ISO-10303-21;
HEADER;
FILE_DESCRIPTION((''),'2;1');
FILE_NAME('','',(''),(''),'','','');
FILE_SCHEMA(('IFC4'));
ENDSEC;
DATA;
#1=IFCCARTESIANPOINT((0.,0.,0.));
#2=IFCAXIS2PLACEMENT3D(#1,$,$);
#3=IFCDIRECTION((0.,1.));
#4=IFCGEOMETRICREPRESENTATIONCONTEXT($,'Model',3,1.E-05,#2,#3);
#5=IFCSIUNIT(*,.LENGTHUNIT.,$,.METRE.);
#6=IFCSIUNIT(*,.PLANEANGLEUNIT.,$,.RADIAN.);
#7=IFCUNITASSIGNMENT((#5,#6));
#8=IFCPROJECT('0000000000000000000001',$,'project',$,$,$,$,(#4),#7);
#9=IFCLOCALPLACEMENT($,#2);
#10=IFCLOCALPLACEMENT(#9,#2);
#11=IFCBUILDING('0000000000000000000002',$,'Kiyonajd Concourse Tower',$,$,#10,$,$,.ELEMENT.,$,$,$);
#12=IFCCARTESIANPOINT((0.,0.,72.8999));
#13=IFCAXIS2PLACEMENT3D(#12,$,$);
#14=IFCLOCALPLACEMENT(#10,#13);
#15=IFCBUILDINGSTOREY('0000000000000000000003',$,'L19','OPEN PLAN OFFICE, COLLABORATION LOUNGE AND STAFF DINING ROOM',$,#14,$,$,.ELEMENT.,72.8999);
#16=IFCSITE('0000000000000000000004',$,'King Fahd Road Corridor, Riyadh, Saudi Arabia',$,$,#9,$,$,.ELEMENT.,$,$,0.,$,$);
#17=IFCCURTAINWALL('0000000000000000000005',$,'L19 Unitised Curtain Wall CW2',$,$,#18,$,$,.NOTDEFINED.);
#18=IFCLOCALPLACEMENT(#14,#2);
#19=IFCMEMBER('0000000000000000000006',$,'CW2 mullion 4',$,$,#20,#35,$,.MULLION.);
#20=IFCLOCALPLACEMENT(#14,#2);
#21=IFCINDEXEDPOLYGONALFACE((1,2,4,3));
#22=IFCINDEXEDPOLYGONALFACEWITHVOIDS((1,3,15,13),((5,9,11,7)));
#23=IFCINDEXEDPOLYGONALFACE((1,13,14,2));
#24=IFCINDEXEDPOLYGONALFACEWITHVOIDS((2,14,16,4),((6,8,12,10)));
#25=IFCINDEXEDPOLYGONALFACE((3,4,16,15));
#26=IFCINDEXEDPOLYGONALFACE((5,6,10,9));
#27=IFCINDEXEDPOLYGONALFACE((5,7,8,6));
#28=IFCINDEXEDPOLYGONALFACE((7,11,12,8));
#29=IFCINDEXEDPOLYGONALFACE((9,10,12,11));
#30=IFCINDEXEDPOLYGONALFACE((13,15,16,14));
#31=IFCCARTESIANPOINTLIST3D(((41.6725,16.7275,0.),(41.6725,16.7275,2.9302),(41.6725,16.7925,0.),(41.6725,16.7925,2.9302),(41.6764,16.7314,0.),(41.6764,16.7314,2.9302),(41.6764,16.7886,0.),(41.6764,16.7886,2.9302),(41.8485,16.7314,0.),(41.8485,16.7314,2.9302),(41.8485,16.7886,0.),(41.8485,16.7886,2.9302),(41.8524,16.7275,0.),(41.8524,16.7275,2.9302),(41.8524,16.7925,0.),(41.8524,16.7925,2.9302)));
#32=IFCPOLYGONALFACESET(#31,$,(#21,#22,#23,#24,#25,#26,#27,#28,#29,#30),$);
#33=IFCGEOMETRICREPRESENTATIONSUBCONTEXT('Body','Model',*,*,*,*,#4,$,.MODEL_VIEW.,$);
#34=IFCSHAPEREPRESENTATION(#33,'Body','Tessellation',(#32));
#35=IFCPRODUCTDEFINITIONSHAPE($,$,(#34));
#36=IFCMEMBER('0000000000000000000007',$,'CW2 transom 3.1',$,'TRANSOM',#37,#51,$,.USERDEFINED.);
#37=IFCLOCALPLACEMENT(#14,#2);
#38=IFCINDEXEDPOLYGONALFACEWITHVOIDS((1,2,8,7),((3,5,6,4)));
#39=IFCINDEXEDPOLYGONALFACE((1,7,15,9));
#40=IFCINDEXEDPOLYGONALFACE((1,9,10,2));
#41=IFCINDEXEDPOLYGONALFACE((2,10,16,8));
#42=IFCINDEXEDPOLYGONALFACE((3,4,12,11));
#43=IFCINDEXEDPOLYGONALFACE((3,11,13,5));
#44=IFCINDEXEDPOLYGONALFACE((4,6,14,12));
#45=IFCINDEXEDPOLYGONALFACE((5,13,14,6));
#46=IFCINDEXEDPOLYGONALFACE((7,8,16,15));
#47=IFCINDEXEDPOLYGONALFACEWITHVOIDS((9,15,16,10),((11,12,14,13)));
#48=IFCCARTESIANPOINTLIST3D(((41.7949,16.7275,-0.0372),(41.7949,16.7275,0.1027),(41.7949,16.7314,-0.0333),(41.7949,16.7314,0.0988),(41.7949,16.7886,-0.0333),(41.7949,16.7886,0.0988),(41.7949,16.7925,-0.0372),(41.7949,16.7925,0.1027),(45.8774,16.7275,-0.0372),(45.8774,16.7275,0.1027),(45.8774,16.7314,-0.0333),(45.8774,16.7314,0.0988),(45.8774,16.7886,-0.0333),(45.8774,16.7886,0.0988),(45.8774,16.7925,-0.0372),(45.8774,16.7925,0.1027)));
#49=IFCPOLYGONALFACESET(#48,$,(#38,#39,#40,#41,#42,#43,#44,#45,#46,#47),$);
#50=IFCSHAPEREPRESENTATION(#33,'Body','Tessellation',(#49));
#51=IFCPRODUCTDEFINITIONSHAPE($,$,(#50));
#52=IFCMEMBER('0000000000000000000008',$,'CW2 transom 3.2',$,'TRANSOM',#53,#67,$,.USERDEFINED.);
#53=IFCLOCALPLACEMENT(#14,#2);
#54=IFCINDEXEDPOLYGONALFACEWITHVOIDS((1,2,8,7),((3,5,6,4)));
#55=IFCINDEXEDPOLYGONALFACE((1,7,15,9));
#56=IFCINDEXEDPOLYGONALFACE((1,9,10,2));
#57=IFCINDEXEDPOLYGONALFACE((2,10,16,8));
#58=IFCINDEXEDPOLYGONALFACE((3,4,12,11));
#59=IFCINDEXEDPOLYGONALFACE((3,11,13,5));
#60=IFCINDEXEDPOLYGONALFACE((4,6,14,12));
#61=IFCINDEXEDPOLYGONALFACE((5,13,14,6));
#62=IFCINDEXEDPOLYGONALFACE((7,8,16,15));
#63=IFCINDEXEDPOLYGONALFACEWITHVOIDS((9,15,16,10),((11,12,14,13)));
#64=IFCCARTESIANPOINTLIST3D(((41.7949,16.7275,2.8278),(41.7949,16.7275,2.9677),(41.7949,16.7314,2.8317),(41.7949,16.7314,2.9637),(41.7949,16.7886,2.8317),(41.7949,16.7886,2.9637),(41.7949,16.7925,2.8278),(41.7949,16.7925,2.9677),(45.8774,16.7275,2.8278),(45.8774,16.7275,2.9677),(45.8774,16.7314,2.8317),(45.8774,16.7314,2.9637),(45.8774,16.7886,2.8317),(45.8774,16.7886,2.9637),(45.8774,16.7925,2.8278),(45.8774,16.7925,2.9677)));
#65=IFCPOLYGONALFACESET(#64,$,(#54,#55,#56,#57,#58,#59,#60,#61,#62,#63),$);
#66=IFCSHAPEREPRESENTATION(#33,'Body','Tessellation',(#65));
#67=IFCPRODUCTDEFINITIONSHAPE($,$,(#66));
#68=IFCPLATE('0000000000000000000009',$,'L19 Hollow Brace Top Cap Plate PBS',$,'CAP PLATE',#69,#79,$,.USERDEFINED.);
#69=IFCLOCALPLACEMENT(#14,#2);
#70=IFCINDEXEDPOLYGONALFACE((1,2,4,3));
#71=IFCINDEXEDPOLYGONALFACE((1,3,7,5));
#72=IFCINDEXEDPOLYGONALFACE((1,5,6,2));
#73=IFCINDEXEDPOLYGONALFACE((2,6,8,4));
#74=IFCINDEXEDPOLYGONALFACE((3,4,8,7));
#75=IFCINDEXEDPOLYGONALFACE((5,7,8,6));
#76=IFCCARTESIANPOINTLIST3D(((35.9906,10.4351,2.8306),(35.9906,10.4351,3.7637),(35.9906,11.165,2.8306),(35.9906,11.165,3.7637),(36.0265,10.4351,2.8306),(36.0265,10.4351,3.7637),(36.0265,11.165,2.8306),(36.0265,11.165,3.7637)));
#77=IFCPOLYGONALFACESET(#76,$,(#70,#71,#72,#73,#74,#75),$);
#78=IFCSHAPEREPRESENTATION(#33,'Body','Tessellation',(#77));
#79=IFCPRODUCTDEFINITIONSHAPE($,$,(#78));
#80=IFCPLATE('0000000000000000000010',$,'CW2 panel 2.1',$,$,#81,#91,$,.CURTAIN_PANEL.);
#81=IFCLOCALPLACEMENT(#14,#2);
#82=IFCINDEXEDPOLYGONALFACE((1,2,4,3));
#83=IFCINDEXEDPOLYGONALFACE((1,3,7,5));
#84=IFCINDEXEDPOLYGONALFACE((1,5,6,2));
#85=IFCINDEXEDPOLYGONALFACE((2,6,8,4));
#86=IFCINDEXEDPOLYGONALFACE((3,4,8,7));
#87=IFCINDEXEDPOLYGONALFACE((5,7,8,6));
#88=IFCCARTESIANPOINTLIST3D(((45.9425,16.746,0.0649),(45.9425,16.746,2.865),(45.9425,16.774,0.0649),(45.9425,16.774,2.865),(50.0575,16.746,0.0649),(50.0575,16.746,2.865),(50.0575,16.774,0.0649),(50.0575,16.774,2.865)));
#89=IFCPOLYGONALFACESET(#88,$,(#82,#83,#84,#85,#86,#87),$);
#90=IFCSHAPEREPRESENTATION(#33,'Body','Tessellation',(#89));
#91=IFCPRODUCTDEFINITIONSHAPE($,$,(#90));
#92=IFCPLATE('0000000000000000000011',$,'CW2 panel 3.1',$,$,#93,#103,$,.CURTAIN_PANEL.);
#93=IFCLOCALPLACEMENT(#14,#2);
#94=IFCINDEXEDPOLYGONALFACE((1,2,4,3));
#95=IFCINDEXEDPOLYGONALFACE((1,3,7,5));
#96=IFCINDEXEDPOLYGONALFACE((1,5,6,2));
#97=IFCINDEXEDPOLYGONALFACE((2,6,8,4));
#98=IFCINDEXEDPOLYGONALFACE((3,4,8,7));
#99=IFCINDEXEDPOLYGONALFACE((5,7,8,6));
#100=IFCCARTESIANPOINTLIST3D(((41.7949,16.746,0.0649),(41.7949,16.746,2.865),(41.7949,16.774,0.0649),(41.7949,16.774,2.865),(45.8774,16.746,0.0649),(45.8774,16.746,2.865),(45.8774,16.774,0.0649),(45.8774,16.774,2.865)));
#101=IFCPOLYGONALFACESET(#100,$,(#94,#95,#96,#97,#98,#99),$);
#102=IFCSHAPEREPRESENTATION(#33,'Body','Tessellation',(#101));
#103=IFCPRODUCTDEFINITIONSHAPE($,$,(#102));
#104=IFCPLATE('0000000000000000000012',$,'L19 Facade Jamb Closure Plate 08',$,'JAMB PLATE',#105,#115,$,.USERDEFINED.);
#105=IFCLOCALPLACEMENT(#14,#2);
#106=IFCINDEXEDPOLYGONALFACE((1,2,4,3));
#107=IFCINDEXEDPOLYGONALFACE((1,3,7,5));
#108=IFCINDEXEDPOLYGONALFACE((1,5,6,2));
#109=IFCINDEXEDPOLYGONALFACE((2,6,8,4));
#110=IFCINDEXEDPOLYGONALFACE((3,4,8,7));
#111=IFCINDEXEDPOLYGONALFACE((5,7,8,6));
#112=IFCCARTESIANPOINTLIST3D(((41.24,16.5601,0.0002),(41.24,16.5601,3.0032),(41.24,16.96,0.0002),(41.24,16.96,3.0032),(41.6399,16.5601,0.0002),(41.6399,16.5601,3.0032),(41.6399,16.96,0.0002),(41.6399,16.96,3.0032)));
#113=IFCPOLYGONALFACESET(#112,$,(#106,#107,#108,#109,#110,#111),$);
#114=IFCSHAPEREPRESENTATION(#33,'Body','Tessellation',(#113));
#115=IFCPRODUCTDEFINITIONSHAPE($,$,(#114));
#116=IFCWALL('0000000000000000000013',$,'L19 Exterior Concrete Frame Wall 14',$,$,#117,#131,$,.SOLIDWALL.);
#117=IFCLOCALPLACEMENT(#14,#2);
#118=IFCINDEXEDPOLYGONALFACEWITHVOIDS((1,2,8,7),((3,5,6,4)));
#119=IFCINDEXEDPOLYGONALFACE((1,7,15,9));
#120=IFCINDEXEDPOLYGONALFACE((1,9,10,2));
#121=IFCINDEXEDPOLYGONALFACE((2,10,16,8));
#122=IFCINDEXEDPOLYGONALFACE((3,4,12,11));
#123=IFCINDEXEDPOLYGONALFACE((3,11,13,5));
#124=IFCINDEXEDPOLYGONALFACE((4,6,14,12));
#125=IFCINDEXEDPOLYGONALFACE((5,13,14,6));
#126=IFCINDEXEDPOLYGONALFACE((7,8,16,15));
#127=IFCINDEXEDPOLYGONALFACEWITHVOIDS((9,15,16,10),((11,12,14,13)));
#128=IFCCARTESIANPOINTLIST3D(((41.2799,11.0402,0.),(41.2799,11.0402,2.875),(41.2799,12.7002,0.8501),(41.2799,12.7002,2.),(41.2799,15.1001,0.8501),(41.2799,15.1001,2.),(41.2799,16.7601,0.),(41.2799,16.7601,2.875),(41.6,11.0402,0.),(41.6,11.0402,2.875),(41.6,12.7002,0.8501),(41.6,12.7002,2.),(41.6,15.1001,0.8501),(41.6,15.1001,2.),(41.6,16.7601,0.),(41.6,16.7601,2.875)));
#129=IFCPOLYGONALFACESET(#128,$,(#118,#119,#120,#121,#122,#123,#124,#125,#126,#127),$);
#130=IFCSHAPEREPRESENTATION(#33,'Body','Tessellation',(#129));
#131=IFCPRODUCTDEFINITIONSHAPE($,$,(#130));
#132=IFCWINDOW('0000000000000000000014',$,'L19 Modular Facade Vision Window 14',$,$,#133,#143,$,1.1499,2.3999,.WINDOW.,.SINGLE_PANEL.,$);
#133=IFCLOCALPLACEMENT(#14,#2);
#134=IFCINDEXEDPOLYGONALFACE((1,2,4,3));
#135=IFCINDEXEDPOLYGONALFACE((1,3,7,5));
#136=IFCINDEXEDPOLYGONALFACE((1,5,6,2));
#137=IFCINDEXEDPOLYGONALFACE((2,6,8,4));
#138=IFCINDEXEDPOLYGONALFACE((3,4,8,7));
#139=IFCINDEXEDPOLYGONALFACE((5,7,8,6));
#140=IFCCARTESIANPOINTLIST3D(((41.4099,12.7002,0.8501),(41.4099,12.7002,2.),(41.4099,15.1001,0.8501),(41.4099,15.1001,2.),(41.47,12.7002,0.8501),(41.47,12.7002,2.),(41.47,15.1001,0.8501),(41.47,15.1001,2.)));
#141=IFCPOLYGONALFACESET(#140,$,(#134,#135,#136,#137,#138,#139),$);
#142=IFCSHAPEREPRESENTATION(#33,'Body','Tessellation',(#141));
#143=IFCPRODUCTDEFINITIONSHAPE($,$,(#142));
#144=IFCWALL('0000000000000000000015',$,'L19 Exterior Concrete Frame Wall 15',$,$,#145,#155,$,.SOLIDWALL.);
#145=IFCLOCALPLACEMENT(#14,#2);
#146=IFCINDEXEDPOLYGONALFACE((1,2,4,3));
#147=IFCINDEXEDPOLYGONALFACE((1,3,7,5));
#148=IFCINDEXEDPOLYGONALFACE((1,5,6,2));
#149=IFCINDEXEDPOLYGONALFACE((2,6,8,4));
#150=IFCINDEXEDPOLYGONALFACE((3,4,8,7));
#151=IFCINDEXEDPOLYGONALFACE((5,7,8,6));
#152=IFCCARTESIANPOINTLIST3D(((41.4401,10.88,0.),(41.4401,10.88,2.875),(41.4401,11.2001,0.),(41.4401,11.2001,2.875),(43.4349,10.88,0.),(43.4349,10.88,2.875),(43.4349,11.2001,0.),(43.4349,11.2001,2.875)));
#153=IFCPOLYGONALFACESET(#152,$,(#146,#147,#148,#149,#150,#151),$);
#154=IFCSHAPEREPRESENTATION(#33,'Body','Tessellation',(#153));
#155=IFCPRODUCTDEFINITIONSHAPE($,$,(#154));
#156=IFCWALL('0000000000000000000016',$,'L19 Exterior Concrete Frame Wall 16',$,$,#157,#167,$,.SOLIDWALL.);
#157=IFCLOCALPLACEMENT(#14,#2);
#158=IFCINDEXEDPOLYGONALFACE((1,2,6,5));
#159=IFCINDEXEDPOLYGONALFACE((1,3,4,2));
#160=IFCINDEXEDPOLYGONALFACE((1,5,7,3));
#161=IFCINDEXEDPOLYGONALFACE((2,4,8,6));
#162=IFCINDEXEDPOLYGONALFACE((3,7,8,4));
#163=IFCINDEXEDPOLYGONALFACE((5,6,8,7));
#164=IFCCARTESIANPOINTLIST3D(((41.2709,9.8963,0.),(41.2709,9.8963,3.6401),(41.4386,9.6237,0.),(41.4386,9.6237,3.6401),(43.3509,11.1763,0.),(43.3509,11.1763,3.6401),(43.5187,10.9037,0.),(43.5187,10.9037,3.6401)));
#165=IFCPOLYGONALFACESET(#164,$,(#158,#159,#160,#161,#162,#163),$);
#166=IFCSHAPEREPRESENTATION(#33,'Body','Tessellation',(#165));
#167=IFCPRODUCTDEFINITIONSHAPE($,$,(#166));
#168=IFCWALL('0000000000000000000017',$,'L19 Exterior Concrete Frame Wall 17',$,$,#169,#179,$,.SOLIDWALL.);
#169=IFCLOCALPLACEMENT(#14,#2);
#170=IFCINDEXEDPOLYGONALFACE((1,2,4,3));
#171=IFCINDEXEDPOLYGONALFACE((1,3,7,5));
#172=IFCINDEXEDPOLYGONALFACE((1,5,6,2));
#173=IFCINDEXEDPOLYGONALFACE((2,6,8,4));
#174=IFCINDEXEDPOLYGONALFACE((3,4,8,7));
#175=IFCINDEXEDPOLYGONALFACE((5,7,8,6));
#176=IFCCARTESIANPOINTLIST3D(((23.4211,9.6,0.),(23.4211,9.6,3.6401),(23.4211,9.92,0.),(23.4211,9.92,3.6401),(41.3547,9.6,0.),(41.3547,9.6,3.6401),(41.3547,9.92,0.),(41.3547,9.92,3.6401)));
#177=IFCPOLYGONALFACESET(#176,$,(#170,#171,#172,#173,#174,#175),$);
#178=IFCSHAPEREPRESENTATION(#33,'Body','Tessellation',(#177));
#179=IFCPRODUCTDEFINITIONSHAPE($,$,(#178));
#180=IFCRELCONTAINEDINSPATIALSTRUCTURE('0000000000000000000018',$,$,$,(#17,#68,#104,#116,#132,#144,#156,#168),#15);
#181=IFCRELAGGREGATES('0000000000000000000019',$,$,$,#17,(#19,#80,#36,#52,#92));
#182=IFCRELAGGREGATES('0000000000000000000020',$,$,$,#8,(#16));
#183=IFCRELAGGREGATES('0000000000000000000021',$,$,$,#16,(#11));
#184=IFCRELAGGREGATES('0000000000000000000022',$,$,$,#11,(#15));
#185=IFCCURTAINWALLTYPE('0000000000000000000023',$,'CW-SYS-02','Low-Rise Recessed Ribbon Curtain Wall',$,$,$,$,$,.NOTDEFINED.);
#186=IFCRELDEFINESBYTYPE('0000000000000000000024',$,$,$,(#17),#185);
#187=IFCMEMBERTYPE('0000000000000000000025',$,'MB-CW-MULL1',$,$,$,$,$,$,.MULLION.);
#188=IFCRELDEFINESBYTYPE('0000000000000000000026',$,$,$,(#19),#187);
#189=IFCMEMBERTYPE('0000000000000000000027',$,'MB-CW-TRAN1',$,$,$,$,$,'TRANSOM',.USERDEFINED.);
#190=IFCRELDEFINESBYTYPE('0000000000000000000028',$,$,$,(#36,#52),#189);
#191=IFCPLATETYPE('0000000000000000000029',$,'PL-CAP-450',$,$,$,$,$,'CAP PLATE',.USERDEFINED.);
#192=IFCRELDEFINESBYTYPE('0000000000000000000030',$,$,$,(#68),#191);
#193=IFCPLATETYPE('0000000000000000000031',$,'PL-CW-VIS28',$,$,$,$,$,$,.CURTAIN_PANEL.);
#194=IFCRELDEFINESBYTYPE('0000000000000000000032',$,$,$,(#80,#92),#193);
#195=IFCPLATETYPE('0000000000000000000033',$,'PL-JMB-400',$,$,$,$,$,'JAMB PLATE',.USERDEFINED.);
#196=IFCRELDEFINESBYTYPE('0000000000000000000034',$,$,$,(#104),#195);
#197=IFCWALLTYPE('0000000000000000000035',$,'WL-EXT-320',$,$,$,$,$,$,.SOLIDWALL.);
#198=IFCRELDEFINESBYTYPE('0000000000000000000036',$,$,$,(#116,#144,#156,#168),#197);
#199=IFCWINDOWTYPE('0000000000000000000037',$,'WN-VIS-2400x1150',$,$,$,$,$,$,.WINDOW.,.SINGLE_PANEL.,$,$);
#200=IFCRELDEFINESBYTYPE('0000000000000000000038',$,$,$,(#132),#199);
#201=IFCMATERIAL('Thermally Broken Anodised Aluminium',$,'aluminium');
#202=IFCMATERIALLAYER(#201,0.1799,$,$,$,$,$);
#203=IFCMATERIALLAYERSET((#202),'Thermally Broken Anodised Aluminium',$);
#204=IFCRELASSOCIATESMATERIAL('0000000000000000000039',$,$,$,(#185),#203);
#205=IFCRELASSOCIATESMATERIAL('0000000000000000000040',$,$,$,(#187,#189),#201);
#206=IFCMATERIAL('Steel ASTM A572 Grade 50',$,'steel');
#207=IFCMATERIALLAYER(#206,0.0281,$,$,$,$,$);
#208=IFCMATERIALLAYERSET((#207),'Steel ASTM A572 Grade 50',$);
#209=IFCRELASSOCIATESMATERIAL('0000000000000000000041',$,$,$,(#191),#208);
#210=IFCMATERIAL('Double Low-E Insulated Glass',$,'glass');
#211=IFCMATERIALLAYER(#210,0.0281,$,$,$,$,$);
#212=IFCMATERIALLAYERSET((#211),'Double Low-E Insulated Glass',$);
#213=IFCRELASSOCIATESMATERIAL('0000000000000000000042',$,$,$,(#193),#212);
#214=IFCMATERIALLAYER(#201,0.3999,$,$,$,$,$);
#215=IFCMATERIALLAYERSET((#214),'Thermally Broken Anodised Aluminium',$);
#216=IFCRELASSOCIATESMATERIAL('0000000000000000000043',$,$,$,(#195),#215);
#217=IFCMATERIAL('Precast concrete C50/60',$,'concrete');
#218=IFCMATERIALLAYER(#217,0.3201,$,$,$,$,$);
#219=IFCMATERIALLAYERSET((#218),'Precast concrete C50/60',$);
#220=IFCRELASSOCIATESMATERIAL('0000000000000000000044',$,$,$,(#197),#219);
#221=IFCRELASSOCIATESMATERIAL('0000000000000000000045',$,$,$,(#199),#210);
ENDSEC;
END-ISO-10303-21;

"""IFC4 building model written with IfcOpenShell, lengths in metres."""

from ifc_helpers import new_model, si_unit, direction, frame, frame_2d, origin, origin_2d, place, context, subcontext, project, spatial, rectangle, hollow_rectangle, extrude, material, layer, layer_set, material_profile, profile_set, type_object, element, fill, aggregate, save


model = new_model("IFC4")

# Units and contexts
model_context = context("Model", 3, precision=1e-05, world=origin(), true_north=direction((0.0, 1.0)))
body_context = subcontext(model_context, "Body", "Model", "MODEL_VIEW")
ifc_project = project(units=[si_unit("LENGTHUNIT", "METRE"), si_unit("PLANEANGLEUNIT", "RADIAN")], contexts=[model_context])

# Site, building, storey
site_placement = place(None, origin())
site = spatial("IfcSite", under=ifc_project, at=site_placement, Name="King Fahd Road Corridor, Riyadh, Saudi Arabia", CompositionType="ELEMENT", RefElevation=0.0)
building_placement = place(site_placement, origin())
building = spatial("IfcBuilding", under=site, at=building_placement, Name="Kiyonajd Concourse Tower", CompositionType="ELEMENT")
storey_placement = place(building_placement, frame((0.0, 0.0, 72.8999)))
storey = spatial("IfcBuildingStorey", under=building, at=storey_placement, Name="L19", Description="OPEN PLAN OFFICE, COLLABORATION LOUNGE AND STAFF DINING ROOM", CompositionType="ELEMENT", Elevation=72.8999)

# Shared definitions
ifc_material_1 = material(Name="Precast concrete C50/60", Category="concrete")

# Curtain wall, members
ifc_material_2 = material(Name="Thermally Broken Anodised Aluminium", Category="aluminium")
ifc_layer_1 = layer(ifc_material_2, 0.1799)
ifc_layer_set_1 = layer_set([ifc_layer_1], Name="Thermally Broken Anodised Aluminium")
curtain_wall_type = type_object("IfcCurtainWallType", Name="CW-SYS-02", Description="Low-Rise Recessed Ribbon Curtain Wall", PredefinedType="NOTDEFINED", material=ifc_layer_set_1)
curtain_wall_placement = place(storey_placement, origin())
curtain_wall = element("IfcCurtainWall", 1, at=curtain_wall_placement, inside=storey, type_object=curtain_wall_type, Name="L19 Unitised Curtain Wall CW2", PredefinedType="NOTDEFINED")
ifc_material_profile_1 = material_profile(ifc_material_2, hollow_rectangle(XDim=0.0649, YDim=0.1799, WallThickness=0.0039, at=origin_2d()), Name="MULL-65x180")
ifc_profile_set_1 = profile_set([ifc_material_profile_1], Name="Thermally Broken Anodised Aluminium")
member_type_1 = type_object("IfcMemberType", Name="MB-CW-MULL1", PredefinedType="MULLION", material=ifc_profile_set_1)
member_1_placement = place(storey_placement, frame((41.7625, 16.76, 0.0), z_axis=(0.0, 0.0, 1.0), x_axis=(0.0, -1.0, 0.0)))
member_1 = element("IfcMember", 2, at=member_1_placement, type_object=member_type_1, Name="CW2 mullion 4", PredefinedType="MULLION", context=body_context, shape_type="SweptSolid", body=[
    extrude(hollow_rectangle(XDim=0.0649, YDim=0.1799, WallThickness=0.0039, at=origin_2d()), origin(), (0.0, 0.0, 1.0), 2.9302),
])
ifc_material_profile_2 = material_profile(ifc_material_2, hollow_rectangle(XDim=0.0649, YDim=0.1399, WallThickness=0.0039, at=origin_2d()), Name="TRAN-65x140")
ifc_profile_set_2 = profile_set([ifc_material_profile_2], Name="Thermally Broken Anodised Aluminium")
member_type_2 = type_object("IfcMemberType", Name="MB-CW-TRAN1", ElementType="TRANSOM", PredefinedType="USERDEFINED", material=ifc_profile_set_2)
member_2_placement = place(storey_placement, frame((45.8774, 16.76, 0.0327), z_axis=(-1.0, 0.0, 0.0), x_axis=(0.0, -1.0, 0.0)))
member_2 = element("IfcMember", 3, at=member_2_placement, type_object=member_type_2, Name="CW2 transom 3.1", ObjectType="TRANSOM", PredefinedType="USERDEFINED", context=body_context, shape_type="SweptSolid", body=[
    extrude(hollow_rectangle(XDim=0.0649, YDim=0.1399, WallThickness=0.0039, at=origin_2d()), origin(), (0.0, 0.0, 1.0), 4.0825),
])
member_3_placement = place(storey_placement, frame((45.8774, 16.76, 2.8977), z_axis=(-1.0, 0.0, 0.0), x_axis=(0.0, -1.0, 0.0)))
member_3 = element("IfcMember", 4, at=member_3_placement, type_object=member_type_2, Name="CW2 transom 3.2", ObjectType="TRANSOM", PredefinedType="USERDEFINED", context=body_context, shape_type="SweptSolid", body=[
    extrude(hollow_rectangle(XDim=0.0649, YDim=0.1399, WallThickness=0.0039, at=origin_2d()), origin(), (0.0, 0.0, 1.0), 4.0825),
])

# Plates
ifc_material_3 = material(Name="Steel ASTM A572 Grade 50", Category="steel")
ifc_layer_2 = layer(ifc_material_3, 0.0281)
ifc_layer_set_2 = layer_set([ifc_layer_2], Name="Steel ASTM A572 Grade 50")
plate_type_1 = type_object("IfcPlateType", Name="PL-CAP-450", ElementType="CAP PLATE", PredefinedType="USERDEFINED", material=ifc_layer_set_2)
plate_1_placement = place(storey_placement, frame((36.0085, 10.8, 2.8306), z_axis=(0.0, 0.0, 1.0), x_axis=(1.0, 0.0, 0.0)))
element("IfcPlate", 5, at=plate_1_placement, inside=storey, type_object=plate_type_1, Name="L19 Hollow Brace Top Cap Plate PBS", ObjectType="CAP PLATE", PredefinedType="USERDEFINED", context=body_context, shape_type="SweptSolid", body=[
    extrude(rectangle(XDim=0.0359, YDim=0.73, at=origin_2d()), origin(), (0.0, 0.0, 1.0), 0.9331),
])
ifc_material_4 = material(Name="Double Low-E Insulated Glass", Category="glass")
ifc_layer_3 = layer(ifc_material_4, 0.0281)
ifc_layer_set_3 = layer_set([ifc_layer_3], Name="Double Low-E Insulated Glass")
plate_type_2 = type_object("IfcPlateType", Name="PL-CW-VIS28", PredefinedType="CURTAIN_PANEL", material=ifc_layer_set_3)
plate_2_placement = place(storey_placement, frame((48.0, 16.76, 0.0649), z_axis=(0.0, 0.0, 1.0), x_axis=(-1.0, 0.0, 0.0)))
plate_2 = element("IfcPlate", 6, at=plate_2_placement, type_object=plate_type_2, Name="CW2 panel 2.1", PredefinedType="CURTAIN_PANEL", context=body_context, shape_type="SweptSolid", body=[
    extrude(rectangle(XDim=4.115, YDim=0.0281, at=origin_2d()), origin(), (0.0, 0.0, 1.0), 2.8),
])
plate_3_placement = place(storey_placement, frame((43.8362, 16.76, 0.0649), z_axis=(0.0, 0.0, 1.0), x_axis=(-1.0, 0.0, 0.0)))
plate_3 = element("IfcPlate", 7, at=plate_3_placement, type_object=plate_type_2, Name="CW2 panel 3.1", PredefinedType="CURTAIN_PANEL", context=body_context, shape_type="SweptSolid", body=[
    extrude(rectangle(XDim=4.0825, YDim=0.0281, at=origin_2d()), origin(), (0.0, 0.0, 1.0), 2.8),
])
aggregate(curtain_wall, [member_1, plate_2, member_2, member_3, plate_3])
ifc_layer_4 = layer(ifc_material_2, 0.3999)
ifc_layer_set_4 = layer_set([ifc_layer_4], Name="Thermally Broken Anodised Aluminium")
plate_type_3 = type_object("IfcPlateType", Name="PL-JMB-400", ElementType="JAMB PLATE", PredefinedType="USERDEFINED", material=ifc_layer_set_4)
plate_4_placement = place(storey_placement, frame((41.4399, 16.76, 0.0002), z_axis=(0.0, 0.0, 1.0), x_axis=(1.0, 0.0, 0.0)))
element("IfcPlate", 8, at=plate_4_placement, inside=storey, type_object=plate_type_3, Name="L19 Facade Jamb Closure Plate 08", ObjectType="JAMB PLATE", PredefinedType="USERDEFINED", context=body_context, shape_type="SweptSolid", body=[
    extrude(rectangle(XDim=0.3999, YDim=0.3999, at=origin_2d()), origin(), (0.0, 0.0, 1.0), 3.0029),
])

# Wall, opening, window
ifc_layer_5 = layer(ifc_material_1, 0.3201)
ifc_layer_set_5 = layer_set([ifc_layer_5], Name="Precast concrete C50/60")
wall_type_1 = type_object("IfcWallType", Name="WL-EXT-320", PredefinedType="SOLIDWALL", material=ifc_layer_set_5)
wall_1_placement = place(storey_placement, frame((41.4399, 16.76, 0.0), z_axis=(0.0, 0.0, 1.0), x_axis=(0.0, -1.0, 0.0)))
wall_1 = element("IfcWall", 9, at=wall_1_placement, inside=storey, type_object=wall_type_1, Name="L19 Exterior Concrete Frame Wall 14", PredefinedType="SOLIDWALL", context=body_context, shape_type="SweptSolid", body=[
    extrude(rectangle(XDim=5.72, YDim=0.3201, at=frame_2d((2.8599, 0.0))), origin(), (0.0, 0.0, 1.0), 2.875),
])
opening_placement = place(wall_1_placement, frame((1.6599, 0.0, 0.8501)))
opening = element("IfcOpeningElement", 10, at=opening_placement, cuts=wall_1, PredefinedType="OPENING", context=body_context, shape_type="SweptSolid", body=[
    extrude(rectangle(XDim=2.3999, YDim=1.1499, at=frame_2d((1.2, 0.575))), frame((0.0, 0.1699, 0.0), z_axis=(0.0, -1.0, 0.0), x_axis=(1.0, 0.0, 0.0)), (0.0, 0.0, 1.0), 0.3401),
])
window_type = type_object("IfcWindowType", Name="WN-VIS-2400x1150", PartitioningType="SINGLE_PANEL", PredefinedType="WINDOW", material=ifc_material_4)
window_placement = place(opening_placement, origin())
window = element("IfcWindow", 11, at=window_placement, inside=storey, type_object=window_type, Name="L19 Modular Facade Vision Window 14", OverallHeight=1.1499, OverallWidth=2.3999, PartitioningType="SINGLE_PANEL", PredefinedType="WINDOW", context=body_context, shape_type="SweptSolid", body=[
    extrude(rectangle(XDim=2.3999, YDim=1.1499, at=frame_2d((1.2, 0.575))), frame((0.0, 0.03, 0.0), z_axis=(0.0, -1.0, 0.0), x_axis=(1.0, 0.0, 0.0)), (0.0, 0.0, 1.0), 0.0601),
])
fill(opening, window)

# Walls
wall_2_placement = place(storey_placement, frame((41.4399, 11.04, 0.0), z_axis=(0.0, 0.0, 1.0), x_axis=(1.0, 0.0, 0.0)))
element("IfcWall", 12, at=wall_2_placement, inside=storey, type_object=wall_type_1, Name="L19 Exterior Concrete Frame Wall 15", PredefinedType="SOLIDWALL", context=body_context, shape_type="SweptSolid", body=[
    extrude(rectangle(XDim=1.9949, YDim=0.3201, at=frame_2d((0.9976, 0.0))), origin(), (0.0, 0.0, 1.0), 2.875),
])
wall_3_placement = place(storey_placement, frame((43.4348, 11.04, 0.0), z_axis=(0.0, 0.0, 1.0), x_axis=(-0.851662, -0.524092, 0.0)))
element("IfcWall", 13, at=wall_3_placement, inside=storey, type_object=wall_type_1, Name="L19 Exterior Concrete Frame Wall 16", PredefinedType="SOLIDWALL", context=body_context, shape_type="SweptSolid", body=[
    extrude(rectangle(XDim=2.4424, YDim=0.3201, at=frame_2d((1.2212, 0.0))), origin(), (0.0, 0.0, 1.0), 3.6401),
])
wall_4_placement = place(storey_placement, frame((41.3547, 9.76, 0.0), z_axis=(0.0, 0.0, 1.0), x_axis=(-1.0, 0.0, 0.0)))
element("IfcWall", 14, at=wall_4_placement, inside=storey, type_object=wall_type_1, Name="L19 Exterior Concrete Frame Wall 17", PredefinedType="SOLIDWALL", context=body_context, shape_type="SweptSolid", body=[
    extrude(rectangle(XDim=17.9336, YDim=0.3201, at=frame_2d((8.9668, 0.0))), origin(), (0.0, 0.0, 1.0), 3.6401),
])

save(model, "model.ifc")
